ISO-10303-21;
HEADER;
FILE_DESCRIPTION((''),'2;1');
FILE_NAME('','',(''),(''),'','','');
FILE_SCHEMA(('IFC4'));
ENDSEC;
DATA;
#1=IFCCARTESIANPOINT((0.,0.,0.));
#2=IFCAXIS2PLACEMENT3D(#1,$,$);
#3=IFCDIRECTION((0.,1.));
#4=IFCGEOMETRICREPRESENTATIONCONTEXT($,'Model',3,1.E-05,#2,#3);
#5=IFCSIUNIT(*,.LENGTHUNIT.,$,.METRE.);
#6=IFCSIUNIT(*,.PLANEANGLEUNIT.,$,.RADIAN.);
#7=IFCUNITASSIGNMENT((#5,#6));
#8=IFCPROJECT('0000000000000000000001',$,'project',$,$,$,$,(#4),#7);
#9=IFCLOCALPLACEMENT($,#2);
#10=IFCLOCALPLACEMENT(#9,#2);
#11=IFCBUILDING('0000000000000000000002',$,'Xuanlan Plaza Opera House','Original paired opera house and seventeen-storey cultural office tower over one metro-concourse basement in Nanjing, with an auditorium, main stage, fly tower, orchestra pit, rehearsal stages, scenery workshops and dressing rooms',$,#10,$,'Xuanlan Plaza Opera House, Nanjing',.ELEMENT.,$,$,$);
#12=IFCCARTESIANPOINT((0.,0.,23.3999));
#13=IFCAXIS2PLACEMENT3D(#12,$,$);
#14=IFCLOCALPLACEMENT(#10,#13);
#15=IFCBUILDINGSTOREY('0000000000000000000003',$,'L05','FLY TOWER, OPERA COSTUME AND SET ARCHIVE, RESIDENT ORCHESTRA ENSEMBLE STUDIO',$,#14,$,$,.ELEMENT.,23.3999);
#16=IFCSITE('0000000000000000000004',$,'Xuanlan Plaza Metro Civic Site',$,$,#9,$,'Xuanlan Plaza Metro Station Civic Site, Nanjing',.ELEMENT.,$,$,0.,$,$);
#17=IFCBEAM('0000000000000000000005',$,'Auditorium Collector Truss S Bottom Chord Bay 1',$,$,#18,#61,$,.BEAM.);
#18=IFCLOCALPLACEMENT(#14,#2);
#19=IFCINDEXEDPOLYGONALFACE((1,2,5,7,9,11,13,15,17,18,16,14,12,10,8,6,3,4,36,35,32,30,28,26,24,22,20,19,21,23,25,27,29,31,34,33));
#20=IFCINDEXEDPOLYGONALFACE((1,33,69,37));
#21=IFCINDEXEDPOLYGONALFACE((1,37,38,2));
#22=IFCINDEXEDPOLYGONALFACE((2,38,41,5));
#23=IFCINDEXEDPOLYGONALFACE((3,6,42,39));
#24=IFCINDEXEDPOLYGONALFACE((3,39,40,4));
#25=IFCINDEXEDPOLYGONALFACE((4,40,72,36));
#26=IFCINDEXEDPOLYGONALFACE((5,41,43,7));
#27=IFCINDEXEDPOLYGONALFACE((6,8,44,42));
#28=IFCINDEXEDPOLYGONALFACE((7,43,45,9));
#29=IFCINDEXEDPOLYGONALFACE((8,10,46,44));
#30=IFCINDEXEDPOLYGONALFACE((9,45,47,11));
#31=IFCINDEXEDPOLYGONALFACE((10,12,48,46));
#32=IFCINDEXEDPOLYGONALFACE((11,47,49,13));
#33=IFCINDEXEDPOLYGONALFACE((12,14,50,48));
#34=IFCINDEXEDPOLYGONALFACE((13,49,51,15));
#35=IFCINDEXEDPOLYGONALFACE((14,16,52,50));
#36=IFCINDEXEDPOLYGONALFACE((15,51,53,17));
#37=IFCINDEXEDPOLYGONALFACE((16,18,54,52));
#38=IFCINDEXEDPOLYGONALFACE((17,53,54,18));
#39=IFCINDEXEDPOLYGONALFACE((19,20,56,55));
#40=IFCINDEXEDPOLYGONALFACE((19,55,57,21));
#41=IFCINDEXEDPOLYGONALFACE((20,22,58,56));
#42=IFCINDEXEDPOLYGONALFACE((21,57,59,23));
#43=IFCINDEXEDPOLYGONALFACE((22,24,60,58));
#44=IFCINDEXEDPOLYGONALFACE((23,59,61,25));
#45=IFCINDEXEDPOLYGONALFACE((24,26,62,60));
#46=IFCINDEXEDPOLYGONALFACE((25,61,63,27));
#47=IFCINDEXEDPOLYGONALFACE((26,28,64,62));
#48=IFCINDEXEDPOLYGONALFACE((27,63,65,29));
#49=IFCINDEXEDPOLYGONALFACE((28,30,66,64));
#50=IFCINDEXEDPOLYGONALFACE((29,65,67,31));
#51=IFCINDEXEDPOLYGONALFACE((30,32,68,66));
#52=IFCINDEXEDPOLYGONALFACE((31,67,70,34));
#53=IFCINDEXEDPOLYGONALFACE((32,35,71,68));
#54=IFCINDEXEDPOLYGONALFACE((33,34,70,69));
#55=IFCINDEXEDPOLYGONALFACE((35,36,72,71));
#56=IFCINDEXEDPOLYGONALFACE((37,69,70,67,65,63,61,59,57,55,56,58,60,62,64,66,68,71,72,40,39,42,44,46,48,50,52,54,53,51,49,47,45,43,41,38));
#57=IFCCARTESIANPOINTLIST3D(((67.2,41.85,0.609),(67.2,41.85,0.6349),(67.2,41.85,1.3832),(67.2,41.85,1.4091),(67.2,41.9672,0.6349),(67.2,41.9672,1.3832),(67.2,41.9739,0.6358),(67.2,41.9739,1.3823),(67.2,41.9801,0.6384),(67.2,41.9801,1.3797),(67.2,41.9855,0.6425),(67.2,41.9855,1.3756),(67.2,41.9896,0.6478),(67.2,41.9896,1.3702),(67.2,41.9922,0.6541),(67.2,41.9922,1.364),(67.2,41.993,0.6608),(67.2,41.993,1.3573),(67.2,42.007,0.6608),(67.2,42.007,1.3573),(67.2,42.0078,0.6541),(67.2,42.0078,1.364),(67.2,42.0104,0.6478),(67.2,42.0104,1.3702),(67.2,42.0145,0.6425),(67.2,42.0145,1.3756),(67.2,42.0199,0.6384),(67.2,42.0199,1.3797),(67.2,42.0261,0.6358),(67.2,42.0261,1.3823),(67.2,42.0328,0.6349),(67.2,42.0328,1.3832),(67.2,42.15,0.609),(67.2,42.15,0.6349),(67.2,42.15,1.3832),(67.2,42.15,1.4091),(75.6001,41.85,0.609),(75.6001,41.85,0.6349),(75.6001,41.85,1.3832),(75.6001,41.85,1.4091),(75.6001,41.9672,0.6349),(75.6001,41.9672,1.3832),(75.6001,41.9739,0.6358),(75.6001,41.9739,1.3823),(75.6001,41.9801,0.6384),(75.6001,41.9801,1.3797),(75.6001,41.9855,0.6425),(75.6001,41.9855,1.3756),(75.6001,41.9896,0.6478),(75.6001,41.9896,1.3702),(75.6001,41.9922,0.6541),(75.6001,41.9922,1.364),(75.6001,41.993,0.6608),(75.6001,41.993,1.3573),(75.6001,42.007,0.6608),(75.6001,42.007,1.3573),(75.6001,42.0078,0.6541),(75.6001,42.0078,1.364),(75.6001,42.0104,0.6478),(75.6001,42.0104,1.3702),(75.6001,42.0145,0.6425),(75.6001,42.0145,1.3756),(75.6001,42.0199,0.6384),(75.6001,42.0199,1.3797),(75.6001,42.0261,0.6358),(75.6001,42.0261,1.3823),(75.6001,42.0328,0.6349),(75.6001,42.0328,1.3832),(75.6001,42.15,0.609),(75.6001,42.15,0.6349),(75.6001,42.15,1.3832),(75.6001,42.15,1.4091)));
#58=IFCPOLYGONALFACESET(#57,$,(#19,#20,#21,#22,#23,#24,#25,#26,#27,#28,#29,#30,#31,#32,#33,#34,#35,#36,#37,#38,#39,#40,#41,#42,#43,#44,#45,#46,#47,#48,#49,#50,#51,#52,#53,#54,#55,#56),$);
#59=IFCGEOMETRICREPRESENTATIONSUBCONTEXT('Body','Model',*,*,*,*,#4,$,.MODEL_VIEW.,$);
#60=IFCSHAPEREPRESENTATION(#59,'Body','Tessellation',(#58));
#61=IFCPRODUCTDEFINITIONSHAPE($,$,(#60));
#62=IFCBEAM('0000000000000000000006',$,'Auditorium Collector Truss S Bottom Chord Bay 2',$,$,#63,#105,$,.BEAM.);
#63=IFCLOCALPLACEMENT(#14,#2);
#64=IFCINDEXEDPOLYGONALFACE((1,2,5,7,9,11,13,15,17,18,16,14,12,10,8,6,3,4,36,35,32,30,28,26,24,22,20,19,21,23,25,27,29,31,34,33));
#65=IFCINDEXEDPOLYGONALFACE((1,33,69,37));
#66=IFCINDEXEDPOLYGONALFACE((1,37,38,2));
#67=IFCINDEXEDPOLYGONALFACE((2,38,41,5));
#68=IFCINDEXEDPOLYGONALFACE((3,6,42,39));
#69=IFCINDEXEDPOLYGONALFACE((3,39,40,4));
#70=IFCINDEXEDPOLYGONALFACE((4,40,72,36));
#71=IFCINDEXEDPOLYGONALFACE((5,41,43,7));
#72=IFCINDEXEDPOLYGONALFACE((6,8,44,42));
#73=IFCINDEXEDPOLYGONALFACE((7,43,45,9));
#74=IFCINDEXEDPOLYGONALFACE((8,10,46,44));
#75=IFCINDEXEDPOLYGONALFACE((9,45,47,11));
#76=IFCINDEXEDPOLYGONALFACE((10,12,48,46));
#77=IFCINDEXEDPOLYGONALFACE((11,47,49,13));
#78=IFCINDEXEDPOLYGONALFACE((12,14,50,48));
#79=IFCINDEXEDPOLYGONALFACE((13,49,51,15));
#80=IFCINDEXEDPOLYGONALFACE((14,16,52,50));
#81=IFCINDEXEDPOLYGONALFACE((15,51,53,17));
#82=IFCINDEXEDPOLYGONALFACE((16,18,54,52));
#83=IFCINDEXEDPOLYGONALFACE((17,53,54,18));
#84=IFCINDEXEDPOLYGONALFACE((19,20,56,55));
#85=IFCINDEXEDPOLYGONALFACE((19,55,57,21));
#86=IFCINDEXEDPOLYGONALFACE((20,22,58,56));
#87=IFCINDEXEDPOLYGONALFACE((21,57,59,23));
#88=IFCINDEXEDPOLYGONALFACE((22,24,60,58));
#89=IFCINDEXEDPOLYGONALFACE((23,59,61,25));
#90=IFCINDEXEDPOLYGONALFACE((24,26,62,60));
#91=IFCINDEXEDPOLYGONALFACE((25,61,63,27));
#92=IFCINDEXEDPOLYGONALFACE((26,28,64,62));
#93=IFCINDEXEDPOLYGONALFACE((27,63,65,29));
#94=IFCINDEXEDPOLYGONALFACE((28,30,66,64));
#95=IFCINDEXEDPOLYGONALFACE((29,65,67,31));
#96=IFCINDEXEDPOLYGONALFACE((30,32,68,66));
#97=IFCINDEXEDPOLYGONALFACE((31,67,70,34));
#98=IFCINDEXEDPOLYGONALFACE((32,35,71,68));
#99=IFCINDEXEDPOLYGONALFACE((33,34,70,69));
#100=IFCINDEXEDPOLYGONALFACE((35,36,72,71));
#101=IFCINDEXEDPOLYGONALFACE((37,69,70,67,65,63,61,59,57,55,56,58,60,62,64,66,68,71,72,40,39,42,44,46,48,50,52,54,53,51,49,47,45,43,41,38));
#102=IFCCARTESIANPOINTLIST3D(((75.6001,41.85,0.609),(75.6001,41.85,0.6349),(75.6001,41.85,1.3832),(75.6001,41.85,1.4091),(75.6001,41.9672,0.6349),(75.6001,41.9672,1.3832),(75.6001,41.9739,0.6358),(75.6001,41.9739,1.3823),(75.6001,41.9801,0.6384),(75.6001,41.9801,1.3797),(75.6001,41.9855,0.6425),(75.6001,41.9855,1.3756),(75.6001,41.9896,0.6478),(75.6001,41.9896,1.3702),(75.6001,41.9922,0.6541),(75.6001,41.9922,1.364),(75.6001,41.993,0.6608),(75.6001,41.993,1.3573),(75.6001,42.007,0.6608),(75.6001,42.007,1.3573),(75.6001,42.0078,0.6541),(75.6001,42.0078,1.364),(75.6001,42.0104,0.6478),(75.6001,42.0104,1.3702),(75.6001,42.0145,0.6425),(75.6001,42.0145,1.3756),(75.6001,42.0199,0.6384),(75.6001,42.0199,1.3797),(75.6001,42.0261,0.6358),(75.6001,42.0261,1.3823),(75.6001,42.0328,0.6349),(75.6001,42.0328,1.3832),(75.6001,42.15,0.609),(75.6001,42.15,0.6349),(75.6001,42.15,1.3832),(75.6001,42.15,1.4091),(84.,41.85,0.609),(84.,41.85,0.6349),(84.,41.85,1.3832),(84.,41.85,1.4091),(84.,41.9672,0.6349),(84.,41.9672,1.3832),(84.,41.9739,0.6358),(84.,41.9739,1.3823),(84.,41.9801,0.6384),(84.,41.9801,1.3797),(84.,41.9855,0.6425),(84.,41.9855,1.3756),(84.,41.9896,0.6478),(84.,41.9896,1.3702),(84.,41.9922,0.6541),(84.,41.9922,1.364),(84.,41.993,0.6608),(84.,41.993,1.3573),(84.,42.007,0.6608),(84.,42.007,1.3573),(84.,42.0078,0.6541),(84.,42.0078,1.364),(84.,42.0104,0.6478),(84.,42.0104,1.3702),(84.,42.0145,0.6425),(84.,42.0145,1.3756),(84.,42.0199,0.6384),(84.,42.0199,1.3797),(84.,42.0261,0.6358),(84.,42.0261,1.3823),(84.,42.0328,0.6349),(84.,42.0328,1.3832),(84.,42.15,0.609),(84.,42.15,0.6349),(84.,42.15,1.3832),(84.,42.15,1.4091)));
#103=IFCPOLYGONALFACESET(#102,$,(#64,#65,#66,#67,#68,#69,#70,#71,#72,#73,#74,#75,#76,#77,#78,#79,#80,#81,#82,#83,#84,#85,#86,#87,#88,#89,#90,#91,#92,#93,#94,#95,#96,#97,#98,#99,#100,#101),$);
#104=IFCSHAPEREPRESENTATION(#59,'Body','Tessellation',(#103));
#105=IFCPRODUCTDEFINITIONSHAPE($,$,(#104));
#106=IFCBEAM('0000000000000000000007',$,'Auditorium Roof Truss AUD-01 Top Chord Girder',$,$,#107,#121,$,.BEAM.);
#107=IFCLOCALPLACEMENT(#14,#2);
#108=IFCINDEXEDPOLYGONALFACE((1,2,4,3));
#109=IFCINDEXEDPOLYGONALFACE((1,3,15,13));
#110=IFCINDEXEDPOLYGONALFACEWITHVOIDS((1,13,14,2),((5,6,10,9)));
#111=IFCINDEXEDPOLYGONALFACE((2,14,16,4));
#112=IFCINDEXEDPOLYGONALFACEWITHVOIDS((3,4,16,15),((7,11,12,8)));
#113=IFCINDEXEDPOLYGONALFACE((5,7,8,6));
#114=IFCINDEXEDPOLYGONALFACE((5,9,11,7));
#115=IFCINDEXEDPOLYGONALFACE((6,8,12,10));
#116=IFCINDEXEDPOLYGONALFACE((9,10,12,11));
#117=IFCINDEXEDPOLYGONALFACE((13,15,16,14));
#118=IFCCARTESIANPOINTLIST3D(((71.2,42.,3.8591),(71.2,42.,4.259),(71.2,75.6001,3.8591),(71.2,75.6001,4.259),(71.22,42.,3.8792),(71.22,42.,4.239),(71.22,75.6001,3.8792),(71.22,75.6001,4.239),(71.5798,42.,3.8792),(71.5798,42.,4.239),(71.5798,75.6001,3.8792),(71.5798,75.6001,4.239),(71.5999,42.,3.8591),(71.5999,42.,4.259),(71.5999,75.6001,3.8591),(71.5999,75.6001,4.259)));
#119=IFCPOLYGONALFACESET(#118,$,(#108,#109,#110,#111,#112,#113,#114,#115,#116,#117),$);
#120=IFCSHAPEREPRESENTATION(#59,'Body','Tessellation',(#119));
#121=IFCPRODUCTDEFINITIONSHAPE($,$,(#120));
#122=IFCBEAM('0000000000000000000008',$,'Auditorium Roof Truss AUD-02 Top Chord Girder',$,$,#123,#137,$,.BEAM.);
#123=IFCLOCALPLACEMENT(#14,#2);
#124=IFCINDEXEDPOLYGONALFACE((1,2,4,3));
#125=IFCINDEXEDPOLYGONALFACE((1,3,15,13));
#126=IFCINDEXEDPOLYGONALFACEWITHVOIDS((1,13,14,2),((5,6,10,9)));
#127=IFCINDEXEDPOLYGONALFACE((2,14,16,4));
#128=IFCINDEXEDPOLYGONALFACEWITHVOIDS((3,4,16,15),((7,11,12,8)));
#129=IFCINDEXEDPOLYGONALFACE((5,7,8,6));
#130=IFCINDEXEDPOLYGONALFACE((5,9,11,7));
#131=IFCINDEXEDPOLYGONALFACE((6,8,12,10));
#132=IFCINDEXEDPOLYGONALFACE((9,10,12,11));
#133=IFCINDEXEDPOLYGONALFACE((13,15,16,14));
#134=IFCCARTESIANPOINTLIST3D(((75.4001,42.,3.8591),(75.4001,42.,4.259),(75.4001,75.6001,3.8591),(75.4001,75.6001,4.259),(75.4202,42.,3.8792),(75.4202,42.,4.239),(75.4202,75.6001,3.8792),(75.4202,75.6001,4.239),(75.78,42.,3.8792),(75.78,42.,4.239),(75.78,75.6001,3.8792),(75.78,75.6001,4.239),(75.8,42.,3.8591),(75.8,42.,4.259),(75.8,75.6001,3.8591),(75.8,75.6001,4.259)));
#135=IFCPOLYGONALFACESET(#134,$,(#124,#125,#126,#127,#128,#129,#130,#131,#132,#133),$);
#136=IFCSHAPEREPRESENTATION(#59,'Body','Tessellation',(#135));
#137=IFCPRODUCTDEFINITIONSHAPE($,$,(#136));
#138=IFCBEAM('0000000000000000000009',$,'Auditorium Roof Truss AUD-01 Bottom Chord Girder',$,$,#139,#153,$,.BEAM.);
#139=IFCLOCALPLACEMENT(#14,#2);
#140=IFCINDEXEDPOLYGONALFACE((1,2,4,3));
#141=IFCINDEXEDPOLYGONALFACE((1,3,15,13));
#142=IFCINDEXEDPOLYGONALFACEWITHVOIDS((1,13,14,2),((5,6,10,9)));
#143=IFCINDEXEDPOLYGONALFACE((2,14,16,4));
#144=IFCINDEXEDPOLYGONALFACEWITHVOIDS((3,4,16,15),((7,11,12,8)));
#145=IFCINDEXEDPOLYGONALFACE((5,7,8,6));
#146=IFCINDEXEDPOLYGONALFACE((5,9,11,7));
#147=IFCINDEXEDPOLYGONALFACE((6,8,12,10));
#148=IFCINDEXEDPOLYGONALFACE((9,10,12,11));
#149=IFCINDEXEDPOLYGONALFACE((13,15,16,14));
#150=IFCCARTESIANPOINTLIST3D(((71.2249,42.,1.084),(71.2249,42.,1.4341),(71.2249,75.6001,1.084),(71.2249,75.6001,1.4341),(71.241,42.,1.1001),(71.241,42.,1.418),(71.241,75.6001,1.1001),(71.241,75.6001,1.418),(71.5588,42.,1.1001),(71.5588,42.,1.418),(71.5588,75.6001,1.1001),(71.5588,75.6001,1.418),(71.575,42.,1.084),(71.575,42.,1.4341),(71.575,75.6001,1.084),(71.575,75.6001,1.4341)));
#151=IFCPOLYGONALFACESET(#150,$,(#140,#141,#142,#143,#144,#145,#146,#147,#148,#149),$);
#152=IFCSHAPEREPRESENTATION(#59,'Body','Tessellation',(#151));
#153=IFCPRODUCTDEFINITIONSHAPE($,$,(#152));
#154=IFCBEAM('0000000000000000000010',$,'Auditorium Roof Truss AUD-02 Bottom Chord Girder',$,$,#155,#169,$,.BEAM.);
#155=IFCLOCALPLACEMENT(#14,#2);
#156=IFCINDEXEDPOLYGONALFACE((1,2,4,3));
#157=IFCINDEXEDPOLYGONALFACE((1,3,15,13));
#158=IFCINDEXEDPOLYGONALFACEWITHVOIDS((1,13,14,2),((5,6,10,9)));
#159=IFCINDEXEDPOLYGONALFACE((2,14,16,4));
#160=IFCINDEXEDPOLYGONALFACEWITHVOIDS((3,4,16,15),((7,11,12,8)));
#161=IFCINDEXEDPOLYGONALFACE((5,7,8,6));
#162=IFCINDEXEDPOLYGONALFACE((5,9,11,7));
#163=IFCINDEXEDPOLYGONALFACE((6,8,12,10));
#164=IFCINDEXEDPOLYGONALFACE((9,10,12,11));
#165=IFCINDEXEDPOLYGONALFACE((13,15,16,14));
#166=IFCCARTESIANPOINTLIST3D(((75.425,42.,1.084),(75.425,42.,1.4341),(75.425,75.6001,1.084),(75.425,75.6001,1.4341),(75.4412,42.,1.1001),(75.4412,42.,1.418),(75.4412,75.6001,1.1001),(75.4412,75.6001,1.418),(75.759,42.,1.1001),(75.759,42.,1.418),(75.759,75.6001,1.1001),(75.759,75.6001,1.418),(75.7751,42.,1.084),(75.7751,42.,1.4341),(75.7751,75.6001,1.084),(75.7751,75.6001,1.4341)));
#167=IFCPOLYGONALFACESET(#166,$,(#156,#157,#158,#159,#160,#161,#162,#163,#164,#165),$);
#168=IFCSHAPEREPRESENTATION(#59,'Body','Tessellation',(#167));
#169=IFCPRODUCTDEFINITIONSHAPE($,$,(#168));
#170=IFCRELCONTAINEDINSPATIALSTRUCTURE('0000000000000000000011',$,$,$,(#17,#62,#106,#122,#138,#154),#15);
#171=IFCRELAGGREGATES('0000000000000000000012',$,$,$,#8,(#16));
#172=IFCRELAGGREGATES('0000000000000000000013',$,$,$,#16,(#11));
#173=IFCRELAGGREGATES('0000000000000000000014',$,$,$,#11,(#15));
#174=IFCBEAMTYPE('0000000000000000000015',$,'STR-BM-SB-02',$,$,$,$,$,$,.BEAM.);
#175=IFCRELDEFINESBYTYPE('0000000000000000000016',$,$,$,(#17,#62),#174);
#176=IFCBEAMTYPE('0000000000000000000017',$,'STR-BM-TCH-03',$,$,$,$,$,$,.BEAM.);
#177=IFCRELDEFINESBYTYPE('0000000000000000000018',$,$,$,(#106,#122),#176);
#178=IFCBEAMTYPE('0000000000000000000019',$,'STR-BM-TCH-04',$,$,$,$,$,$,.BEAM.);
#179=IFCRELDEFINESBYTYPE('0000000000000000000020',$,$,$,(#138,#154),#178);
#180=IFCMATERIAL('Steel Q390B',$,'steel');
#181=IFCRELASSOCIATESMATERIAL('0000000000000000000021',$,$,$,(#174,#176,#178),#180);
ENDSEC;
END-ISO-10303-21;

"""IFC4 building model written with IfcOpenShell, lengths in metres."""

from ifc_helpers import new_model, si_unit, direction, frame, origin, origin_2d, place, context, subcontext, project, spatial, hollow_rectangle, i_section, extrude, material, material_profile, profile_set, type_object, element, save


model = new_model("IFC4")

# Units and contexts
model_context = context("Model", 3, precision=1e-05, world=origin(), true_north=direction((0.0, 1.0)))
body_context = subcontext(model_context, "Body", "Model", "MODEL_VIEW")
ifc_project = project(units=[si_unit("LENGTHUNIT", "METRE"), si_unit("PLANEANGLEUNIT", "RADIAN")], contexts=[model_context])

# Site, building, storey
site_placement = place(None, origin())
site = spatial("IfcSite", under=ifc_project, at=site_placement, Name="Xuanlan Plaza Metro Civic Site", LongName="Xuanlan Plaza Metro Station Civic Site, Nanjing", CompositionType="ELEMENT", RefElevation=0.0)
building_placement = place(site_placement, origin())
building = spatial("IfcBuilding", under=site, at=building_placement, Name="Xuanlan Plaza Opera House", Description="Original paired opera house and seventeen-storey cultural office tower over one metro-concourse basement in Nanjing, with an auditorium, main stage, fly tower, orchestra pit, rehearsal stages, scenery workshops and dressing rooms", LongName="Xuanlan Plaza Opera House, Nanjing", CompositionType="ELEMENT")
storey_placement = place(building_placement, frame((0.0, 0.0, 23.3999)))
storey = spatial("IfcBuildingStorey", under=building, at=storey_placement, Name="L05", Description="FLY TOWER, OPERA COSTUME AND SET ARCHIVE, RESIDENT ORCHESTRA ENSEMBLE STUDIO", CompositionType="ELEMENT", Elevation=23.3999)

# Beams
ifc_material_1 = material(Name="Steel Q390B", Category="steel")
ifc_material_profile_1 = material_profile(ifc_material_1, i_section(OverallWidth=0.3, OverallDepth=0.8, WebThickness=0.0139, FlangeThickness=0.0259, FilletRadius=0.0259, at=origin_2d()), Name="HN 800x300x14x26")
ifc_profile_set_1 = profile_set([ifc_material_profile_1], Name="Steel Q390B")
beam_type_1 = type_object("IfcBeamType", Name="STR-BM-SB-02", PredefinedType="BEAM", material=ifc_profile_set_1)
beam_1_placement = place(storey_placement, frame((67.2, 42.0, 1.009), z_axis=(1.0, 0.0, 0.0), x_axis=(0.0, 1.0, 0.0)))
element("IfcBeam", 1, at=beam_1_placement, inside=storey, type_object=beam_type_1, Name="Auditorium Collector Truss S Bottom Chord Bay 1", PredefinedType="BEAM", context=body_context, shape_type="SweptSolid", body=[
    extrude(i_section(OverallWidth=0.3, OverallDepth=0.8, WebThickness=0.0139, FlangeThickness=0.0259, FilletRadius=0.0259, at=origin_2d()), origin(), (0.0, 0.0, 1.0), 8.4001),
])
beam_2_placement = place(storey_placement, frame((75.6001, 42.0, 1.009), z_axis=(1.0, 0.0, 0.0), x_axis=(0.0, 1.0, 0.0)))
element("IfcBeam", 2, at=beam_2_placement, inside=storey, type_object=beam_type_1, Name="Auditorium Collector Truss S Bottom Chord Bay 2", PredefinedType="BEAM", context=body_context, shape_type="SweptSolid", body=[
    extrude(i_section(OverallWidth=0.3, OverallDepth=0.8, WebThickness=0.0139, FlangeThickness=0.0259, FilletRadius=0.0259, at=origin_2d()), origin(), (0.0, 0.0, 1.0), 8.3999),
])
ifc_material_profile_2 = material_profile(ifc_material_1, hollow_rectangle(XDim=0.3999, YDim=0.3999, WallThickness=0.02, at=origin_2d()), Name="SHS 400x400x20")
ifc_profile_set_2 = profile_set([ifc_material_profile_2], Name="Steel Q390B")
beam_type_2 = type_object("IfcBeamType", Name="STR-BM-TCH-03", PredefinedType="BEAM", material=ifc_profile_set_2)
for number, where, z_axis, x_axis, name in (
    (3, (71.3999, 42.0, 4.0591), (0.0, 1.0, 0.0), (-1.0, 0.0, 0.0), "Auditorium Roof Truss AUD-01 Top Chord Girder"),
    (4, (75.6001, 42.0, 4.0591), (0.0, 1.0, 0.0), (-1.0, 0.0, 0.0), "Auditorium Roof Truss AUD-02 Top Chord Girder"),
):
    element("IfcBeam", number, at=place(storey_placement, frame(where, z_axis=z_axis, x_axis=x_axis)), inside=storey, type_object=beam_type_2, Name=name, PredefinedType="BEAM", context=body_context, shape_type="SweptSolid", body=[
        extrude(hollow_rectangle(XDim=0.3999, YDim=0.3999, WallThickness=0.02, at=origin_2d()), origin(), (0.0, 0.0, 1.0), 33.6001),
    ])
ifc_material_profile_3 = material_profile(ifc_material_1, hollow_rectangle(XDim=0.3501, YDim=0.3501, WallThickness=0.0161, at=origin_2d()), Name="SHS 350x350x16")
ifc_profile_set_3 = profile_set([ifc_material_profile_3], Name="Steel Q390B")
beam_type_3 = type_object("IfcBeamType", Name="STR-BM-TCH-04", PredefinedType="BEAM", material=ifc_profile_set_3)
for number, where, z_axis, x_axis, name in (
    (5, (71.3999, 42.0, 1.259), (0.0, 1.0, 0.0), (-1.0, 0.0, 0.0), "Auditorium Roof Truss AUD-01 Bottom Chord Girder"),
    (6, (75.6001, 42.0, 1.259), (0.0, 1.0, 0.0), (-1.0, 0.0, 0.0), "Auditorium Roof Truss AUD-02 Bottom Chord Girder"),
):
    element("IfcBeam", number, at=place(storey_placement, frame(where, z_axis=z_axis, x_axis=x_axis)), inside=storey, type_object=beam_type_3, Name=name, PredefinedType="BEAM", context=body_context, shape_type="SweptSolid", body=[
        extrude(hollow_rectangle(XDim=0.3501, YDim=0.3501, WallThickness=0.0161, at=origin_2d()), origin(), (0.0, 0.0, 1.0), 33.6001),
    ])

save(model, "model.ifc")
